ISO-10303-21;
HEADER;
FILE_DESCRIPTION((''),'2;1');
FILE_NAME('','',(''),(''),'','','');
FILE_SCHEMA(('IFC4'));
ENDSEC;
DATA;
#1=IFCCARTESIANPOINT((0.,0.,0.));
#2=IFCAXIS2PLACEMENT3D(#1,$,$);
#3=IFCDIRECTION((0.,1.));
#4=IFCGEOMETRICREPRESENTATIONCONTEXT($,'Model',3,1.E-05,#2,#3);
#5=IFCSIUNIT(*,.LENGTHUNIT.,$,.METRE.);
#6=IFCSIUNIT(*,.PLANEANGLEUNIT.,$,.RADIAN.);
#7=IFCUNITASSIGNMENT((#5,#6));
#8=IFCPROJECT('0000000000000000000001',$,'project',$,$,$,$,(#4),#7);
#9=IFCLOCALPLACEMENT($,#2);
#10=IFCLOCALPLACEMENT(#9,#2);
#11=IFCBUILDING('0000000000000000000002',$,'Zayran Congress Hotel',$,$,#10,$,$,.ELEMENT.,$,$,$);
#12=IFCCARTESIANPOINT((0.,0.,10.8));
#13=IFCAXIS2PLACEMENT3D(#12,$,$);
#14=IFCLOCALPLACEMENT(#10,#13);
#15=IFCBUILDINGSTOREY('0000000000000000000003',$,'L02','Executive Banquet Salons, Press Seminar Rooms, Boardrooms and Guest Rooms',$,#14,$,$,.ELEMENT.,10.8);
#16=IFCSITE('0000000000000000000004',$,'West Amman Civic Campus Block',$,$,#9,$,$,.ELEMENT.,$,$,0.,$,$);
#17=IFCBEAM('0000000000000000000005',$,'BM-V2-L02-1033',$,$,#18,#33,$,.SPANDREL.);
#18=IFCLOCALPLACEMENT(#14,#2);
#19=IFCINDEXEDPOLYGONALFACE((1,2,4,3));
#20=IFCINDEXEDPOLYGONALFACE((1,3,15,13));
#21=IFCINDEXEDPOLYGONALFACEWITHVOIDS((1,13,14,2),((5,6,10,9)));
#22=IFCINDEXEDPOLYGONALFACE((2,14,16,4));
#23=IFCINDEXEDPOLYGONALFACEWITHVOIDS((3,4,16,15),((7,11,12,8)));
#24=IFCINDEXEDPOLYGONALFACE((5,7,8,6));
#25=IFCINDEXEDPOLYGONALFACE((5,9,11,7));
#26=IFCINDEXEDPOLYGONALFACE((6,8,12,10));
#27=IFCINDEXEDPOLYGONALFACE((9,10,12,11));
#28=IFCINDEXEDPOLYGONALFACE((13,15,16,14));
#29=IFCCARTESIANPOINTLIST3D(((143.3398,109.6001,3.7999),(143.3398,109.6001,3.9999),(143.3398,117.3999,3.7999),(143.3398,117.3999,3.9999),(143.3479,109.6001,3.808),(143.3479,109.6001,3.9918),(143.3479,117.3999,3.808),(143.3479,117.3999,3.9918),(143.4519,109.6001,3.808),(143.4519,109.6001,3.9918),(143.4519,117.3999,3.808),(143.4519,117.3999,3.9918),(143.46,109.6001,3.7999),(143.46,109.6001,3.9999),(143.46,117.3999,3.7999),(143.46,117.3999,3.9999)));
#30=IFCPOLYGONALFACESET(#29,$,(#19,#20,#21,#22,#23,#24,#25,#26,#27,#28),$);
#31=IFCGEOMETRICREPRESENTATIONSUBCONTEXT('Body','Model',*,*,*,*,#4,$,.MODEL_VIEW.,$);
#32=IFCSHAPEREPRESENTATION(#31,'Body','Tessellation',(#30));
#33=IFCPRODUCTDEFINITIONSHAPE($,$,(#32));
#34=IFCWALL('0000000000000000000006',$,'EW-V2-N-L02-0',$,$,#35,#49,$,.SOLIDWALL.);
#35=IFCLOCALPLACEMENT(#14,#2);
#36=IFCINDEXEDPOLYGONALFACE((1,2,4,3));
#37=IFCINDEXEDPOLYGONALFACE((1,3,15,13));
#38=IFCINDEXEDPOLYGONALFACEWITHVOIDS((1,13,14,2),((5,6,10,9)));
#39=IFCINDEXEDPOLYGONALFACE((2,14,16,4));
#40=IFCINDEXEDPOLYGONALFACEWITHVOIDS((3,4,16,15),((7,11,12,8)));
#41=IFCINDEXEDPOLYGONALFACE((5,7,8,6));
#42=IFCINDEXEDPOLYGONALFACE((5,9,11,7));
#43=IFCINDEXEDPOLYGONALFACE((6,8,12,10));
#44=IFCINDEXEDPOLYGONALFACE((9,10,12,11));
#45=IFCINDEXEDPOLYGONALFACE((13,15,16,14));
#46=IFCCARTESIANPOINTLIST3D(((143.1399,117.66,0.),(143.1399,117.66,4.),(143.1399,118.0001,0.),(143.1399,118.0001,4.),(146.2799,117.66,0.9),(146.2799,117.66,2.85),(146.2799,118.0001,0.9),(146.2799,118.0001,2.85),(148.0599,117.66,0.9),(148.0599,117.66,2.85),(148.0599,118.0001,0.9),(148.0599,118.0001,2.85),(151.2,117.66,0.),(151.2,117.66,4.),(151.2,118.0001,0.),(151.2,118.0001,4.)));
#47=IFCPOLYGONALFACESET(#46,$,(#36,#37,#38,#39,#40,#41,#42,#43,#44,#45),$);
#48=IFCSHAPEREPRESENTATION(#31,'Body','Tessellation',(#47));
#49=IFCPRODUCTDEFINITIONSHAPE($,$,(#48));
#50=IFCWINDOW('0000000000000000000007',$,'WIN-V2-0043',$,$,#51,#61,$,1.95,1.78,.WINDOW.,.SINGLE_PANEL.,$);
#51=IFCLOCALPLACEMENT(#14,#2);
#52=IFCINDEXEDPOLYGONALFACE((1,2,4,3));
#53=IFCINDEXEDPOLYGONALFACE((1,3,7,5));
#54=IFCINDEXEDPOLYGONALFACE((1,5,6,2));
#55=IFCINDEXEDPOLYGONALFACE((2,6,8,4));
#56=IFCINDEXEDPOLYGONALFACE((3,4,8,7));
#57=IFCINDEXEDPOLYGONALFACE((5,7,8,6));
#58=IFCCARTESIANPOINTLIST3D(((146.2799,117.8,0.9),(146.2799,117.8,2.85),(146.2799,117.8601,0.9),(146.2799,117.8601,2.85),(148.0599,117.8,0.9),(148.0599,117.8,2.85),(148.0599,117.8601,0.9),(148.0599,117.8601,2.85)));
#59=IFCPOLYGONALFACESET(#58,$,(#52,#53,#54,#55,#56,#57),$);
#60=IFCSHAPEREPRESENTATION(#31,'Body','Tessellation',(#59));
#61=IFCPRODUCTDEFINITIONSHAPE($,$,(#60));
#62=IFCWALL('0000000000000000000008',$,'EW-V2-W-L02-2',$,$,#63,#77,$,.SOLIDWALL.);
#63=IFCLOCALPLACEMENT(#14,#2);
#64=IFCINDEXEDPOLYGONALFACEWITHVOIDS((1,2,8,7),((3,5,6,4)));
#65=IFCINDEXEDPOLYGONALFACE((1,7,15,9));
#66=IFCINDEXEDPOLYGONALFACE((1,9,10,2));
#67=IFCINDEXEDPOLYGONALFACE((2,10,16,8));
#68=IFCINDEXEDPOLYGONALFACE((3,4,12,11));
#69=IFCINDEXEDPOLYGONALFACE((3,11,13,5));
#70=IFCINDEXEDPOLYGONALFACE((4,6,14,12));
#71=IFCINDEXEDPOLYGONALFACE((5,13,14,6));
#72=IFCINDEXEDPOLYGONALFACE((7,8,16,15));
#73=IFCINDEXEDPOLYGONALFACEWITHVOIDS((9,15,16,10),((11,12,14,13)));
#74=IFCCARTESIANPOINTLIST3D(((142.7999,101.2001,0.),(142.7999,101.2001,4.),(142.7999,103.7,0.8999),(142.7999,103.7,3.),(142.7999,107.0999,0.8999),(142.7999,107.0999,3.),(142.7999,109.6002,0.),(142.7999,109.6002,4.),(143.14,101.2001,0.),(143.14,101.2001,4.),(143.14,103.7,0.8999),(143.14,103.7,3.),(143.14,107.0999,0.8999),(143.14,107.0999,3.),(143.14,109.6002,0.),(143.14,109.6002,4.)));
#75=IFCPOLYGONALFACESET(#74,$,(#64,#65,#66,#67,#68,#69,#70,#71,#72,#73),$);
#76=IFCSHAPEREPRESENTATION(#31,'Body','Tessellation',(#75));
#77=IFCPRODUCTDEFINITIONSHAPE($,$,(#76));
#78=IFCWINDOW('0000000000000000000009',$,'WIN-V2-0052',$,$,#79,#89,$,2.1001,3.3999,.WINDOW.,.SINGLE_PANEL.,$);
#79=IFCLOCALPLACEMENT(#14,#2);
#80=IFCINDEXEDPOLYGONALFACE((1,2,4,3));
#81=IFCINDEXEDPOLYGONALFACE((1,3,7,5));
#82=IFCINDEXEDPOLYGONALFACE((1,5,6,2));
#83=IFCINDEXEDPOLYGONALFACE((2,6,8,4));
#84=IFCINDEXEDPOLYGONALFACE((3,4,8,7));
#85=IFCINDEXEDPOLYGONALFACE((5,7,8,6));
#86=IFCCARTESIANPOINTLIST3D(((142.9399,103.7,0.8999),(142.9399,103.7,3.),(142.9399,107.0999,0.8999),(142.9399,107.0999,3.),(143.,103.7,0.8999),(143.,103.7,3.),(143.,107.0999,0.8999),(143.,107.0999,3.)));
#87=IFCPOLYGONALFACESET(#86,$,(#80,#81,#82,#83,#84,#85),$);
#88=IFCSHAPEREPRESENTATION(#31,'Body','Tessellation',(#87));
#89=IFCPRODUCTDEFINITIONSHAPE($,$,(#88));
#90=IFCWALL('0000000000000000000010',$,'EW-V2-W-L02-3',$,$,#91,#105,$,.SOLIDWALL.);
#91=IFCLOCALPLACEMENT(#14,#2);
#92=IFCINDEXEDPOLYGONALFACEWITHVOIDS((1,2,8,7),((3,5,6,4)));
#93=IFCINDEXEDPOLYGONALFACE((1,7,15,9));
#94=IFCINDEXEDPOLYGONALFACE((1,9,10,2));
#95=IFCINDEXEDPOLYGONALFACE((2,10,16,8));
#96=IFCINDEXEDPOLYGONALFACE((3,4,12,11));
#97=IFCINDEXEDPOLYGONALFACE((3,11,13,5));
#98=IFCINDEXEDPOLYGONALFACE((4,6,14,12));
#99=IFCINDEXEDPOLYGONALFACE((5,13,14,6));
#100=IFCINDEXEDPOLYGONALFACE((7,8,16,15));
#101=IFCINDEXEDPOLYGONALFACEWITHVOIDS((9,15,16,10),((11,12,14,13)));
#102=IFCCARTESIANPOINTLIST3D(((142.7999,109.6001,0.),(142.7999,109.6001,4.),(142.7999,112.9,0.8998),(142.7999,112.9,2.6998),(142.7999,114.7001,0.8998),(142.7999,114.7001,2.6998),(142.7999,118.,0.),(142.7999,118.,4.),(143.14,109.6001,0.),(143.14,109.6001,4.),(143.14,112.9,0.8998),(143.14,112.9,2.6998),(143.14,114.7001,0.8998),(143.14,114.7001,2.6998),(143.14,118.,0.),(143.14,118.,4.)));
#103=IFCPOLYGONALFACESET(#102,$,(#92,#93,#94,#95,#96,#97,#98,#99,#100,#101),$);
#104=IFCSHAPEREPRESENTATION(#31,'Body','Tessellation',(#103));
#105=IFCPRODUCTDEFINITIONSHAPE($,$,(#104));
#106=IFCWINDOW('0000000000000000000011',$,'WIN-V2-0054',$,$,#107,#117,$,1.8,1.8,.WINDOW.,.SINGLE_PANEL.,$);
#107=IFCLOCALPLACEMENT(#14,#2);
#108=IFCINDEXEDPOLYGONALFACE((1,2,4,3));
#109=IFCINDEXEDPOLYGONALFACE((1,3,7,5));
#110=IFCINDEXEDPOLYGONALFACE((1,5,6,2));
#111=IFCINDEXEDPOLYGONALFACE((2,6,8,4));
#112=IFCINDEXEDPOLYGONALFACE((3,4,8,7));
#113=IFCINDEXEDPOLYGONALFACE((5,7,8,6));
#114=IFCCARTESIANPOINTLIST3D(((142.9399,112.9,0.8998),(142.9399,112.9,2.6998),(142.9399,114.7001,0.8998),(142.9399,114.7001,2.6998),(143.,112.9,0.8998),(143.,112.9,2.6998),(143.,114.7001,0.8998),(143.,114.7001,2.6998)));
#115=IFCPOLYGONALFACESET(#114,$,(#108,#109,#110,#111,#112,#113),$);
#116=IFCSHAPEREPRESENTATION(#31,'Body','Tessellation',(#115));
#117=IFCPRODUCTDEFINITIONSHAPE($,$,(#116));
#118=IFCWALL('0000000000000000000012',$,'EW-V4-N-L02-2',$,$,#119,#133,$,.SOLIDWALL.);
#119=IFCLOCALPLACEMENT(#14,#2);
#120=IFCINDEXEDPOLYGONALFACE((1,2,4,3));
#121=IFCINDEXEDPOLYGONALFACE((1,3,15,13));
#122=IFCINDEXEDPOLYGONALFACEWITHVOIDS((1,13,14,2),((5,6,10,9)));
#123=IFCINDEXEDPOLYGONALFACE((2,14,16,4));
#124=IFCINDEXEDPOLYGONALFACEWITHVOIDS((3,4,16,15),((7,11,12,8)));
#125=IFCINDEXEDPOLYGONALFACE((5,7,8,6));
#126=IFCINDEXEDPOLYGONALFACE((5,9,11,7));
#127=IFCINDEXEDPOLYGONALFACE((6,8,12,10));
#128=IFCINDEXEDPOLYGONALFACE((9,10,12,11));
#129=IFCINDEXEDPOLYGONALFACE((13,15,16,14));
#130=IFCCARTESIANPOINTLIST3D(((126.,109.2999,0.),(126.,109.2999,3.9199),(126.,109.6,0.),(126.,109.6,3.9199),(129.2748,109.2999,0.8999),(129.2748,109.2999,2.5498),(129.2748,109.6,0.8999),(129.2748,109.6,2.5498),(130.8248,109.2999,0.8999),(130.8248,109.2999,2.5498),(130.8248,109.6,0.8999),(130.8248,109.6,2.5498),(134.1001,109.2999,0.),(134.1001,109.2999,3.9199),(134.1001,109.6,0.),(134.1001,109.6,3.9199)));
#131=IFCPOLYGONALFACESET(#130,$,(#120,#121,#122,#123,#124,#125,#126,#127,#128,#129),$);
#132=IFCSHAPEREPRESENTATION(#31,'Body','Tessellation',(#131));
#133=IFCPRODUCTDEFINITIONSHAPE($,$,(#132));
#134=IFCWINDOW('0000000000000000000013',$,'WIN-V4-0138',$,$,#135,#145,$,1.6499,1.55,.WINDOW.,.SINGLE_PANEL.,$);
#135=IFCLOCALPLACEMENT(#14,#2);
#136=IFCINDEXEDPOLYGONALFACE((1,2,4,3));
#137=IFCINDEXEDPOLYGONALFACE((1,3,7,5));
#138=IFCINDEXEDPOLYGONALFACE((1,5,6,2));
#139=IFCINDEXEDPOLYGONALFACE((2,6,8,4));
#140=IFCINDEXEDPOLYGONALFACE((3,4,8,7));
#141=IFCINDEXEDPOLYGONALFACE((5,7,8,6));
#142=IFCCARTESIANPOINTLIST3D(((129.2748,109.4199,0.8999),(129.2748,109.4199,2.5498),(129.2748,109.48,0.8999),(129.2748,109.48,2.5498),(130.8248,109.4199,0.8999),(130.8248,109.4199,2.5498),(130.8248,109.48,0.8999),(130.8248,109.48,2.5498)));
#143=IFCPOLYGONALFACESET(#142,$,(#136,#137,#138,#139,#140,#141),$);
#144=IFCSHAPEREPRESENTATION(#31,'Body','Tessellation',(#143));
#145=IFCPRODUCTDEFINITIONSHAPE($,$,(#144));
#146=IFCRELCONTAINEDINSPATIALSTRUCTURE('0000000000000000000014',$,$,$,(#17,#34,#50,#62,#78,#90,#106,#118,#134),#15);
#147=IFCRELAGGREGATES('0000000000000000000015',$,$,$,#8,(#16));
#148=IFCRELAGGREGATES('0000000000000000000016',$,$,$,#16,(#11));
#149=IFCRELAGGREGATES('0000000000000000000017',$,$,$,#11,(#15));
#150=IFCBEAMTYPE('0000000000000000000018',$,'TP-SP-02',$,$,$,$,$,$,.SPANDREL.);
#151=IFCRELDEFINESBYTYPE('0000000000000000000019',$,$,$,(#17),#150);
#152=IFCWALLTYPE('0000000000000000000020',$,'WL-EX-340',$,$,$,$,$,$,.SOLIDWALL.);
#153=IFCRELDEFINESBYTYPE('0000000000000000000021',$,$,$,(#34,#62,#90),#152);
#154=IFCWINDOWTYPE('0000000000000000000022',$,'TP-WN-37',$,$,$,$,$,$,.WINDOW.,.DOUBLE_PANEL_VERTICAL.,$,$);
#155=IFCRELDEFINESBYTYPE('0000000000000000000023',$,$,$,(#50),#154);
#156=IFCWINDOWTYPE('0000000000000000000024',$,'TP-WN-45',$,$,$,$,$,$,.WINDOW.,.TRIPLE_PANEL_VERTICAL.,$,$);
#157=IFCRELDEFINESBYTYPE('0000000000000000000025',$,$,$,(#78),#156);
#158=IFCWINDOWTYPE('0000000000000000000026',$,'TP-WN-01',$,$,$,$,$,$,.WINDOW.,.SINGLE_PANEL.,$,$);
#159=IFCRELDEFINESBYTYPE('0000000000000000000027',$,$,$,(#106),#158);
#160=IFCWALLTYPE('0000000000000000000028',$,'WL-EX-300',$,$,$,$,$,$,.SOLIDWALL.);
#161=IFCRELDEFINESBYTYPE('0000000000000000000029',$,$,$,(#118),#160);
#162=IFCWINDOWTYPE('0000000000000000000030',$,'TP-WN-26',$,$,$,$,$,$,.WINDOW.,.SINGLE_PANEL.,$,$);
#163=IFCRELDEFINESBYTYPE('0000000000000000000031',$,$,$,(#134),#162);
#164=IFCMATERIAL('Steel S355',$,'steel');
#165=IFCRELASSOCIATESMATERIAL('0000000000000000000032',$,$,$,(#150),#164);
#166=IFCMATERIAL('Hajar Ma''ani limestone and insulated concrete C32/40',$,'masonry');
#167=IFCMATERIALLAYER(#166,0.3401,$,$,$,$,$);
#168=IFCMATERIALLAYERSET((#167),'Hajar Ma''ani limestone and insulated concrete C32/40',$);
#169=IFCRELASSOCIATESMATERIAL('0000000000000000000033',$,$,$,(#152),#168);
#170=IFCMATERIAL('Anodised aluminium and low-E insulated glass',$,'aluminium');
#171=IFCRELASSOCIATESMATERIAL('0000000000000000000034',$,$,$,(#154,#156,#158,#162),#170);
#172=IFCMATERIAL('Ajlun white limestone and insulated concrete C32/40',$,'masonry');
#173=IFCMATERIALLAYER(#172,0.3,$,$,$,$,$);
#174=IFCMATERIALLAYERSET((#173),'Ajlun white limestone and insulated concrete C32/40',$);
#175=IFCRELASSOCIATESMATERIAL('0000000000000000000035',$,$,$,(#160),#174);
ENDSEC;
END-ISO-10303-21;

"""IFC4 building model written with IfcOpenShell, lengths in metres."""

from ifc_helpers import new_model, si_unit, direction, frame, frame_2d, origin, origin_2d, place, context, subcontext, project, spatial, rectangle, hollow_rectangle, extrude, material, layer, layer_set, material_profile, profile_set, type_object, element, fill, save


model = new_model("IFC4")

# Units and contexts
model_context = context("Model", 3, precision=1e-05, world=origin(), true_north=direction((0.0, 1.0)))
body_context = subcontext(model_context, "Body", "Model", "MODEL_VIEW")
ifc_project = project(units=[si_unit("LENGTHUNIT", "METRE"), si_unit("PLANEANGLEUNIT", "RADIAN")], contexts=[model_context])

# Site, building, storey
site_placement = place(None, origin())
site = spatial("IfcSite", under=ifc_project, at=site_placement, Name="West Amman Civic Campus Block", CompositionType="ELEMENT", RefElevation=0.0)
building_placement = place(site_placement, origin())
building = spatial("IfcBuilding", under=site, at=building_placement, Name="Zayran Congress Hotel", CompositionType="ELEMENT")
storey_placement = place(building_placement, frame((0.0, 0.0, 10.8)))
storey = spatial("IfcBuildingStorey", under=building, at=storey_placement, Name="L02", Description="Executive Banquet Salons, Press Seminar Rooms, Boardrooms and Guest Rooms", CompositionType="ELEMENT", Elevation=10.8)

# Shared definitions
ifc_material_1 = material(Name="Steel S355", Category="steel")

# Beam
ifc_material_profile_1 = material_profile(ifc_material_1, hollow_rectangle(XDim=0.1201, YDim=0.2, WallThickness=0.0081, at=origin_2d()), Name="RHS 200x120x8")
ifc_profile_set_1 = profile_set([ifc_material_profile_1], Name="Steel S355")
beam_type_1 = type_object("IfcBeamType", Name="TP-SP-02", PredefinedType="SPANDREL", material=ifc_profile_set_1)
beam_1_placement = place(storey_placement, frame((143.3999, 109.6001, 3.8999), z_axis=(0.0, 1.0, 0.0), x_axis=(-1.0, 0.0, 0.0)))
element("IfcBeam", 1, at=beam_1_placement, inside=storey, type_object=beam_type_1, Name="BM-V2-L02-1033", PredefinedType="SPANDREL", context=body_context, shape_type="SweptSolid", body=[
    extrude(hollow_rectangle(XDim=0.1201, YDim=0.2, WallThickness=0.0081, at=origin_2d()), origin(), (0.0, 0.0, 1.0), 7.7998),
])

# Walls, openings, windows
ifc_material_2 = material(Name="Hajar Ma'ani limestone and insulated concrete C32/40", Category="masonry")
ifc_layer_1 = layer(ifc_material_2, 0.3401)
ifc_layer_set_1 = layer_set([ifc_layer_1], Name="Hajar Ma'ani limestone and insulated concrete C32/40")
wall_type_1 = type_object("IfcWallType", Name="WL-EX-340", PredefinedType="SOLIDWALL", material=ifc_layer_set_1)
wall_1_placement = place(storey_placement, frame((143.1399, 117.8301, 0.0), z_axis=(0.0, 0.0, 1.0), x_axis=(1.0, 0.0, 0.0)))
wall_1 = element("IfcWall", 2, at=wall_1_placement, inside=storey, type_object=wall_type_1, Name="EW-V2-N-L02-0", PredefinedType="SOLIDWALL", context=body_context, shape_type="SweptSolid", body=[
    extrude(rectangle(XDim=8.0601, YDim=0.3401, at=frame_2d((4.03, 0.0))), origin(), (0.0, 0.0, 1.0), 4.0),
])
opening_1_placement = place(wall_1_placement, frame((3.1399, 0.0, 0.8999)))
opening_1 = element("IfcOpeningElement", 3, at=opening_1_placement, cuts=wall_1, PredefinedType="OPENING", context=body_context, shape_type="SweptSolid", body=[
    extrude(rectangle(XDim=1.78, YDim=1.95, at=frame_2d((0.8901, 0.9751))), frame((0.0, 0.1799, 0.0), z_axis=(0.0, -1.0, 0.0), x_axis=(1.0, 0.0, 0.0)), (0.0, 0.0, 1.0), 0.3601),
])
ifc_material_3 = material(Name="Anodised aluminium and low-E insulated glass", Category="aluminium")
window_type_1 = type_object("IfcWindowType", Name="TP-WN-37", PartitioningType="DOUBLE_PANEL_VERTICAL", PredefinedType="WINDOW", material=ifc_material_3)
window_1_placement = place(opening_1_placement, origin())
window_1 = element("IfcWindow", 4, at=window_1_placement, inside=storey, type_object=window_type_1, Name="WIN-V2-0043", OverallHeight=1.95, OverallWidth=1.78, PartitioningType="SINGLE_PANEL", PredefinedType="WINDOW", context=body_context, shape_type="SweptSolid", body=[
    extrude(rectangle(XDim=1.78, YDim=1.95, at=frame_2d((0.8901, 0.9751))), frame((0.0, 0.03, 0.0), z_axis=(0.0, -1.0, 0.0), x_axis=(1.0, 0.0, 0.0)), (0.0, 0.0, 1.0), 0.0601),
])
fill(opening_1, window_1)
wall_2_placement = place(storey_placement, frame((142.97, 101.2, 0.0), z_axis=(0.0, 0.0, 1.0), x_axis=(0.0, 1.0, 0.0)))
wall_2 = element("IfcWall", 5, at=wall_2_placement, inside=storey, type_object=wall_type_1, Name="EW-V2-W-L02-2", PredefinedType="SOLIDWALL", context=body_context, shape_type="SweptSolid", body=[
    extrude(rectangle(XDim=8.4001, YDim=0.3401, at=frame_2d((4.2002, 0.0))), origin(), (0.0, 0.0, 1.0), 4.0),
])
opening_2_placement = place(wall_2_placement, frame((2.5, 0.0, 0.8999)))
opening_2 = element("IfcOpeningElement", 6, at=opening_2_placement, cuts=wall_2, PredefinedType="OPENING", context=body_context, shape_type="SweptSolid", body=[
    extrude(rectangle(XDim=3.3999, YDim=2.1001, at=frame_2d((1.7, 1.05))), frame((0.0, 0.1799, 0.0), z_axis=(0.0, -1.0, 0.0), x_axis=(1.0, 0.0, 0.0)), (0.0, 0.0, 1.0), 0.3601),
])
window_type_2 = type_object("IfcWindowType", Name="TP-WN-45", PartitioningType="TRIPLE_PANEL_VERTICAL", PredefinedType="WINDOW", material=ifc_material_3)
window_2_placement = place(opening_2_placement, origin())
window_2 = element("IfcWindow", 7, at=window_2_placement, inside=storey, type_object=window_type_2, Name="WIN-V2-0052", OverallHeight=2.1001, OverallWidth=3.3999, PartitioningType="SINGLE_PANEL", PredefinedType="WINDOW", context=body_context, shape_type="SweptSolid", body=[
    extrude(rectangle(XDim=3.3999, YDim=2.1001, at=frame_2d((1.7, 1.05))), frame((0.0, 0.03, 0.0), z_axis=(0.0, -1.0, 0.0), x_axis=(1.0, 0.0, 0.0)), (0.0, 0.0, 1.0), 0.0601),
])
fill(opening_2, window_2)
wall_3_placement = place(storey_placement, frame((142.97, 109.6001, 0.0), z_axis=(0.0, 0.0, 1.0), x_axis=(0.0, 1.0, 0.0)))
wall_3 = element("IfcWall", 8, at=wall_3_placement, inside=storey, type_object=wall_type_1, Name="EW-V2-W-L02-3", PredefinedType="SOLIDWALL", context=body_context, shape_type="SweptSolid", body=[
    extrude(rectangle(XDim=8.3999, YDim=0.3401, at=frame_2d((4.2, 0.0))), origin(), (0.0, 0.0, 1.0), 4.0),
])
opening_3_placement = place(wall_3_placement, frame((3.3, 0.0, 0.8999)))
opening_3 = element("IfcOpeningElement", 9, at=opening_3_placement, cuts=wall_3, PredefinedType="OPENING", context=body_context, shape_type="SweptSolid", body=[
    extrude(rectangle(XDim=1.8, YDim=1.8, at=frame_2d((0.8999, 0.8999))), frame((0.0, 0.1799, 0.0), z_axis=(0.0, -1.0, 0.0), x_axis=(1.0, 0.0, 0.0)), (0.0, 0.0, 1.0), 0.3601),
])
window_type_3 = type_object("IfcWindowType", Name="TP-WN-01", PartitioningType="SINGLE_PANEL", PredefinedType="WINDOW", material=ifc_material_3)
window_3_placement = place(opening_3_placement, origin())
window_3 = element("IfcWindow", 10, at=window_3_placement, inside=storey, type_object=window_type_3, Name="WIN-V2-0054", OverallHeight=1.8, OverallWidth=1.8, PartitioningType="SINGLE_PANEL", PredefinedType="WINDOW", context=body_context, shape_type="SweptSolid", body=[
    extrude(rectangle(XDim=1.8, YDim=1.8, at=frame_2d((0.8999, 0.8999))), frame((0.0, 0.03, 0.0), z_axis=(0.0, -1.0, 0.0), x_axis=(1.0, 0.0, 0.0)), (0.0, 0.0, 1.0), 0.0601),
])
fill(opening_3, window_3)
ifc_material_4 = material(Name="Ajlun white limestone and insulated concrete C32/40", Category="masonry")
ifc_layer_2 = layer(ifc_material_4, 0.3)
ifc_layer_set_2 = layer_set([ifc_layer_2], Name="Ajlun white limestone and insulated concrete C32/40")
wall_type_2 = type_object("IfcWallType", Name="WL-EX-300", PredefinedType="SOLIDWALL", material=ifc_layer_set_2)
wall_4_placement = place(storey_placement, frame((126.0, 109.45, 0.0), z_axis=(0.0, 0.0, 1.0), x_axis=(1.0, 0.0, 0.0)))
wall_4 = element("IfcWall", 11, at=wall_4_placement, inside=storey, type_object=wall_type_2, Name="EW-V4-N-L02-2", PredefinedType="SOLIDWALL", context=body_context, shape_type="SweptSolid", body=[
    extrude(rectangle(XDim=8.1001, YDim=0.3, at=frame_2d((4.05, 0.0))), origin(), (0.0, 0.0, 1.0), 3.9199),
])
opening_4_placement = place(wall_4_placement, frame((3.2749, 0.0, 0.8999)))
opening_4 = element("IfcOpeningElement", 12, at=opening_4_placement, cuts=wall_4, PredefinedType="OPENING", context=body_context, shape_type="SweptSolid", body=[
    extrude(rectangle(XDim=1.55, YDim=1.6499, at=frame_2d((0.7749, 0.825))), frame((0.0, 0.1599, 0.0), z_axis=(0.0, -1.0, 0.0), x_axis=(1.0, 0.0, 0.0)), (0.0, 0.0, 1.0), 0.3201),
])
window_type_4 = type_object("IfcWindowType", Name="TP-WN-26", PartitioningType="SINGLE_PANEL", PredefinedType="WINDOW", material=ifc_material_3)
window_4_placement = place(opening_4_placement, origin())
window_4 = element("IfcWindow", 13, at=window_4_placement, inside=storey, type_object=window_type_4, Name="WIN-V4-0138", OverallHeight=1.6499, OverallWidth=1.55, PartitioningType="SINGLE_PANEL", PredefinedType="WINDOW", context=body_context, shape_type="SweptSolid", body=[
    extrude(rectangle(XDim=1.55, YDim=1.6499, at=frame_2d((0.7749, 0.825))), frame((0.0, 0.03, 0.0), z_axis=(0.0, -1.0, 0.0), x_axis=(1.0, 0.0, 0.0)), (0.0, 0.0, 1.0), 0.0601),
])
fill(opening_4, window_4)

save(model, "model.ifc")
